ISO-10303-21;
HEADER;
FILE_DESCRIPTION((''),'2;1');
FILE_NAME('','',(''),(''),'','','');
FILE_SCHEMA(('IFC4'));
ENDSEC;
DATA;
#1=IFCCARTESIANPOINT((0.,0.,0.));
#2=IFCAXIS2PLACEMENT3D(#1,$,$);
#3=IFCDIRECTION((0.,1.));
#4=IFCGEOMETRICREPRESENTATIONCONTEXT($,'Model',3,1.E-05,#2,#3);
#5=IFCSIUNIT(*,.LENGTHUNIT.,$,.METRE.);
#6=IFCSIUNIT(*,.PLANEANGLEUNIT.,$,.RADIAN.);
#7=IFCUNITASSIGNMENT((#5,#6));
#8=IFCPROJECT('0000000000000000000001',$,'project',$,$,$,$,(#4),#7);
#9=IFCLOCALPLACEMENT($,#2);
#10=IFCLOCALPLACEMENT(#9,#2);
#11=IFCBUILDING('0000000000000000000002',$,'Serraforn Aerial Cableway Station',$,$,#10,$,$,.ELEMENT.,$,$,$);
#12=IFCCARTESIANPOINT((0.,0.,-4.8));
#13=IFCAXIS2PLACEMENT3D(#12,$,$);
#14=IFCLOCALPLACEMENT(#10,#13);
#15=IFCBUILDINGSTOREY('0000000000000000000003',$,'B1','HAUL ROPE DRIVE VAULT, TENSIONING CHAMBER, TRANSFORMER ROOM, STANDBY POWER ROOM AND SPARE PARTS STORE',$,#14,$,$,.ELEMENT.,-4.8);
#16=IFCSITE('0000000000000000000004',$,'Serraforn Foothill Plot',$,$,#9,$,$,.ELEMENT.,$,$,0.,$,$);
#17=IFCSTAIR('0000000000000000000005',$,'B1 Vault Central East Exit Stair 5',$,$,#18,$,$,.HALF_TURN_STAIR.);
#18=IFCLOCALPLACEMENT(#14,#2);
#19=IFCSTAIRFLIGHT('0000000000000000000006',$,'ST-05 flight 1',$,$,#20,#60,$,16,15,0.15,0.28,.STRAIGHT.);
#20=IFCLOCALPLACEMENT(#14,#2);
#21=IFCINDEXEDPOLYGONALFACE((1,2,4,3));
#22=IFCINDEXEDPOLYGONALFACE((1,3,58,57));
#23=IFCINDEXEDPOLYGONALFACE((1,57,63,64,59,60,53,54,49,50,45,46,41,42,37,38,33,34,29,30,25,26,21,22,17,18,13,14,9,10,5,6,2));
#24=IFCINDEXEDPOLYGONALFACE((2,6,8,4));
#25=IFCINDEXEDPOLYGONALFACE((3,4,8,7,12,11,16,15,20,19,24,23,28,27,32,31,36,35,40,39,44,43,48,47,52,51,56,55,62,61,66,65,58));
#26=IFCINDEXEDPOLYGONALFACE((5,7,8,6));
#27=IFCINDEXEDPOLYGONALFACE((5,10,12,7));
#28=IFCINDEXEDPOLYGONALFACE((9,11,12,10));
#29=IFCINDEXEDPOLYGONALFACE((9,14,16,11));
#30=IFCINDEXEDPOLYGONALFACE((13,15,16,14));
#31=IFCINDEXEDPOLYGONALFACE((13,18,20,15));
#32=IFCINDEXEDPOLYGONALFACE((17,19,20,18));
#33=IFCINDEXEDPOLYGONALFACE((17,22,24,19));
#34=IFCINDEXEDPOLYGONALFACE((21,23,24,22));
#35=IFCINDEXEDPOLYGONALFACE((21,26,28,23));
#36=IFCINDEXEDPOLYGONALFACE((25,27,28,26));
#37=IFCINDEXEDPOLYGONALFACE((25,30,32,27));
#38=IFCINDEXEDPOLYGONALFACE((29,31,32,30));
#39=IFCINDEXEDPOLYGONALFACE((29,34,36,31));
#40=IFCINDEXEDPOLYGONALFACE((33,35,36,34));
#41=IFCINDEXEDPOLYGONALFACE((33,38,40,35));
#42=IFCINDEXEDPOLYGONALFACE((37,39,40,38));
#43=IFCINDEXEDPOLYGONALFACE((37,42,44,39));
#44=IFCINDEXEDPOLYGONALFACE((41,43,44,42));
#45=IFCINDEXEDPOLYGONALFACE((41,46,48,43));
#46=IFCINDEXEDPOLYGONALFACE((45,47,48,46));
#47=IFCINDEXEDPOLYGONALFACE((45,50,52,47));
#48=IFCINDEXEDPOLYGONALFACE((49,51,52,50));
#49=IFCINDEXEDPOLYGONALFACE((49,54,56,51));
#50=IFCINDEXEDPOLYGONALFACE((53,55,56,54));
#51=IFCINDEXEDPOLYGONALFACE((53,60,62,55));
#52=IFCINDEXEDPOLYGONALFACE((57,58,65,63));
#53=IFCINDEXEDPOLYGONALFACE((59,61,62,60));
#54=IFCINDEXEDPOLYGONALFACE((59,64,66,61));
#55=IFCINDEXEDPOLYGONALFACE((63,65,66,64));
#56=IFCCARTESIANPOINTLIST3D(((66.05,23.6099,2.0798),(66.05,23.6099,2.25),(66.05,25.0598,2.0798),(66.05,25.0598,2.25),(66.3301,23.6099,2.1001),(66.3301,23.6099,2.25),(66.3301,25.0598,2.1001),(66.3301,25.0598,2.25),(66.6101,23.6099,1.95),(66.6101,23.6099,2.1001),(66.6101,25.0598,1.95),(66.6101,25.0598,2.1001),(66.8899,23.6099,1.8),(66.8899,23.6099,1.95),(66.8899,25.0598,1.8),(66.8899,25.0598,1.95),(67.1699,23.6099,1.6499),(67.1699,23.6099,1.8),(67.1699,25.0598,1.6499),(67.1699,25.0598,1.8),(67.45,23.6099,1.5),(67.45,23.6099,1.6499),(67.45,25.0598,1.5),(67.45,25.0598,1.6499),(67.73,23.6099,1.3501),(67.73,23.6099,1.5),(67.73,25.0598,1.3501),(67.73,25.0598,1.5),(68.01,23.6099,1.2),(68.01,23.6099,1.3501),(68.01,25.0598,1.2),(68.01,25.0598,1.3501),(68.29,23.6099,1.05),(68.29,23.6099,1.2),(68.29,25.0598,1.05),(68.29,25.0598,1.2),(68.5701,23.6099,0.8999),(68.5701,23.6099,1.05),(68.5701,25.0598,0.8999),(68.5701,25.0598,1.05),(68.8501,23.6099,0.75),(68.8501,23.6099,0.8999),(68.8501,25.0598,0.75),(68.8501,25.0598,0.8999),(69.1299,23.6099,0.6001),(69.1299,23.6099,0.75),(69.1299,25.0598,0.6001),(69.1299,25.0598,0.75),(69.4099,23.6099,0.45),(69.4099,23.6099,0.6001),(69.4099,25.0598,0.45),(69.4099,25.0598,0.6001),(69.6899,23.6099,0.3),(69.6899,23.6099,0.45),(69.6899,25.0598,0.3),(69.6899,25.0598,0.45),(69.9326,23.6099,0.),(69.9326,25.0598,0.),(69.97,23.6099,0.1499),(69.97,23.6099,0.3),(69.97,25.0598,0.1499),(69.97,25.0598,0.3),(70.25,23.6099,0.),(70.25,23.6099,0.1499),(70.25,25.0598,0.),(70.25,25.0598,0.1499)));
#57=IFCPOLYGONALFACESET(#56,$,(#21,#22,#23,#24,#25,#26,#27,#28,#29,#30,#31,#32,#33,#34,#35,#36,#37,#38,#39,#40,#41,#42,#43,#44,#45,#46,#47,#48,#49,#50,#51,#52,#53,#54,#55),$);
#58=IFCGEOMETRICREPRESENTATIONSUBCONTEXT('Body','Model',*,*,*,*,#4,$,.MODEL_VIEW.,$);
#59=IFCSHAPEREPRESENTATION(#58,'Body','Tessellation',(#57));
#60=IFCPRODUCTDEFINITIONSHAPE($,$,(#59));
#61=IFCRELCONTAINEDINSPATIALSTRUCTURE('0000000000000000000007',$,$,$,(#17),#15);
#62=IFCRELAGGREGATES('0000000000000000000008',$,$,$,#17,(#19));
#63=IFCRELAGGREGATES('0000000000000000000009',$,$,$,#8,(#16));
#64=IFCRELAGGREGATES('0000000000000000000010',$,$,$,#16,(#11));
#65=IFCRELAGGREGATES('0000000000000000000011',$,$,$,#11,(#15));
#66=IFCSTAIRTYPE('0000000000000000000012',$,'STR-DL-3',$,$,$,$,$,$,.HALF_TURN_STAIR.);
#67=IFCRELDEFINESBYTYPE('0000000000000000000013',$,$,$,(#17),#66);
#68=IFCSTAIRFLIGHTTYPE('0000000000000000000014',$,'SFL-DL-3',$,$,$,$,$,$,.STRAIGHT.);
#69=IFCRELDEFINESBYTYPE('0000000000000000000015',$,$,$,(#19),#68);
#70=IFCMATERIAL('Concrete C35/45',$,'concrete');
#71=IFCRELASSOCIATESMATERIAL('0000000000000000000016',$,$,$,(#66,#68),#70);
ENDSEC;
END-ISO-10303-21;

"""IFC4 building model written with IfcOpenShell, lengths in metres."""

from ifc_helpers import new_model, si_unit, direction, frame, origin, place, context, subcontext, project, spatial, polyline, outline, extrude, material, type_object, element, aggregate, save


model = new_model("IFC4")

# Units and contexts
model_context = context("Model", 3, precision=1e-05, world=origin(), true_north=direction((0.0, 1.0)))
body_context = subcontext(model_context, "Body", "Model", "MODEL_VIEW")
ifc_project = project(units=[si_unit("LENGTHUNIT", "METRE"), si_unit("PLANEANGLEUNIT", "RADIAN")], contexts=[model_context])

# Site, building, storey
site_placement = place(None, origin())
site = spatial("IfcSite", under=ifc_project, at=site_placement, Name="Serraforn Foothill Plot", CompositionType="ELEMENT", RefElevation=0.0)
building_placement = place(site_placement, origin())
building = spatial("IfcBuilding", under=site, at=building_placement, Name="Serraforn Aerial Cableway Station", CompositionType="ELEMENT")
storey_placement = place(building_placement, frame((0.0, 0.0, -4.8)))
storey = spatial("IfcBuildingStorey", under=building, at=storey_placement, Name="B1", Description="HAUL ROPE DRIVE VAULT, TENSIONING CHAMBER, TRANSFORMER ROOM, STANDBY POWER ROOM AND SPARE PARTS STORE", CompositionType="ELEMENT", Elevation=-4.8)

# Shared definitions
ifc_material_1 = material(Name="Concrete C35/45", Category="concrete")

# Stair, stair flight
stair_type = type_object("IfcStairType", Name="STR-DL-3", PredefinedType="HALF_TURN_STAIR", material=ifc_material_1)
stair_placement = place(storey_placement, origin())
stair = element("IfcStair", 1, at=stair_placement, inside=storey, type_object=stair_type, Name="B1 Vault Central East Exit Stair 5", PredefinedType="HALF_TURN_STAIR")
stair_flight_type = type_object("IfcStairFlightType", Name="SFL-DL-3", PredefinedType="STRAIGHT", material=ifc_material_1)
stair_flight_placement = place(storey_placement, frame((70.25, 24.335, 0.0), z_axis=(0.0, 0.0, 1.0), x_axis=(-1.0, 0.0, 0.0)))
stair_flight = element("IfcStairFlight", 2, at=stair_flight_placement, type_object=stair_flight_type, Name="ST-05 flight 1", NumberOfRisers=16, NumberOfTreads=15, PredefinedType="STRAIGHT", RiserHeight=0.15, TreadLength=0.28, context=body_context, shape_type="SweptSolid", body=[
    extrude(outline(polyline([(0.0, 0.0), (0.0, 0.1499), (0.28, 0.1499), (0.28, 0.3), (0.5601, 0.3), (0.5601, 0.45), (0.8401, 0.45), (0.8401, 0.6001), (1.1201, 0.6001), (1.1201, 0.75), (1.3999, 0.75), (1.3999, 0.8999), (1.6799, 0.8999), (1.6799, 1.05), (1.96, 1.05), (1.96, 1.2), (2.24, 1.2), (2.24, 1.3501), (2.52, 1.3501), (2.52, 1.5), (2.8, 1.5), (2.8, 1.6499), (3.0801, 1.6499), (3.0801, 1.8), (3.3601, 1.8), (3.3601, 1.95), (3.6399, 1.95), (3.6399, 2.1001), (3.9199, 2.1001), (3.9199, 2.25), (4.2, 2.25), (4.2, 2.3999), (4.2, 2.0798), (0.3174, 0.0), (0.0, 0.0)])), frame((0.0, 0.7251, 0.0), z_axis=(0.0, -1.0, 0.0), x_axis=(1.0, 0.0, 0.0)), (0.0, 0.0, 1.0), 1.45),
])
aggregate(stair, [stair_flight])

save(model, "model.ifc")
